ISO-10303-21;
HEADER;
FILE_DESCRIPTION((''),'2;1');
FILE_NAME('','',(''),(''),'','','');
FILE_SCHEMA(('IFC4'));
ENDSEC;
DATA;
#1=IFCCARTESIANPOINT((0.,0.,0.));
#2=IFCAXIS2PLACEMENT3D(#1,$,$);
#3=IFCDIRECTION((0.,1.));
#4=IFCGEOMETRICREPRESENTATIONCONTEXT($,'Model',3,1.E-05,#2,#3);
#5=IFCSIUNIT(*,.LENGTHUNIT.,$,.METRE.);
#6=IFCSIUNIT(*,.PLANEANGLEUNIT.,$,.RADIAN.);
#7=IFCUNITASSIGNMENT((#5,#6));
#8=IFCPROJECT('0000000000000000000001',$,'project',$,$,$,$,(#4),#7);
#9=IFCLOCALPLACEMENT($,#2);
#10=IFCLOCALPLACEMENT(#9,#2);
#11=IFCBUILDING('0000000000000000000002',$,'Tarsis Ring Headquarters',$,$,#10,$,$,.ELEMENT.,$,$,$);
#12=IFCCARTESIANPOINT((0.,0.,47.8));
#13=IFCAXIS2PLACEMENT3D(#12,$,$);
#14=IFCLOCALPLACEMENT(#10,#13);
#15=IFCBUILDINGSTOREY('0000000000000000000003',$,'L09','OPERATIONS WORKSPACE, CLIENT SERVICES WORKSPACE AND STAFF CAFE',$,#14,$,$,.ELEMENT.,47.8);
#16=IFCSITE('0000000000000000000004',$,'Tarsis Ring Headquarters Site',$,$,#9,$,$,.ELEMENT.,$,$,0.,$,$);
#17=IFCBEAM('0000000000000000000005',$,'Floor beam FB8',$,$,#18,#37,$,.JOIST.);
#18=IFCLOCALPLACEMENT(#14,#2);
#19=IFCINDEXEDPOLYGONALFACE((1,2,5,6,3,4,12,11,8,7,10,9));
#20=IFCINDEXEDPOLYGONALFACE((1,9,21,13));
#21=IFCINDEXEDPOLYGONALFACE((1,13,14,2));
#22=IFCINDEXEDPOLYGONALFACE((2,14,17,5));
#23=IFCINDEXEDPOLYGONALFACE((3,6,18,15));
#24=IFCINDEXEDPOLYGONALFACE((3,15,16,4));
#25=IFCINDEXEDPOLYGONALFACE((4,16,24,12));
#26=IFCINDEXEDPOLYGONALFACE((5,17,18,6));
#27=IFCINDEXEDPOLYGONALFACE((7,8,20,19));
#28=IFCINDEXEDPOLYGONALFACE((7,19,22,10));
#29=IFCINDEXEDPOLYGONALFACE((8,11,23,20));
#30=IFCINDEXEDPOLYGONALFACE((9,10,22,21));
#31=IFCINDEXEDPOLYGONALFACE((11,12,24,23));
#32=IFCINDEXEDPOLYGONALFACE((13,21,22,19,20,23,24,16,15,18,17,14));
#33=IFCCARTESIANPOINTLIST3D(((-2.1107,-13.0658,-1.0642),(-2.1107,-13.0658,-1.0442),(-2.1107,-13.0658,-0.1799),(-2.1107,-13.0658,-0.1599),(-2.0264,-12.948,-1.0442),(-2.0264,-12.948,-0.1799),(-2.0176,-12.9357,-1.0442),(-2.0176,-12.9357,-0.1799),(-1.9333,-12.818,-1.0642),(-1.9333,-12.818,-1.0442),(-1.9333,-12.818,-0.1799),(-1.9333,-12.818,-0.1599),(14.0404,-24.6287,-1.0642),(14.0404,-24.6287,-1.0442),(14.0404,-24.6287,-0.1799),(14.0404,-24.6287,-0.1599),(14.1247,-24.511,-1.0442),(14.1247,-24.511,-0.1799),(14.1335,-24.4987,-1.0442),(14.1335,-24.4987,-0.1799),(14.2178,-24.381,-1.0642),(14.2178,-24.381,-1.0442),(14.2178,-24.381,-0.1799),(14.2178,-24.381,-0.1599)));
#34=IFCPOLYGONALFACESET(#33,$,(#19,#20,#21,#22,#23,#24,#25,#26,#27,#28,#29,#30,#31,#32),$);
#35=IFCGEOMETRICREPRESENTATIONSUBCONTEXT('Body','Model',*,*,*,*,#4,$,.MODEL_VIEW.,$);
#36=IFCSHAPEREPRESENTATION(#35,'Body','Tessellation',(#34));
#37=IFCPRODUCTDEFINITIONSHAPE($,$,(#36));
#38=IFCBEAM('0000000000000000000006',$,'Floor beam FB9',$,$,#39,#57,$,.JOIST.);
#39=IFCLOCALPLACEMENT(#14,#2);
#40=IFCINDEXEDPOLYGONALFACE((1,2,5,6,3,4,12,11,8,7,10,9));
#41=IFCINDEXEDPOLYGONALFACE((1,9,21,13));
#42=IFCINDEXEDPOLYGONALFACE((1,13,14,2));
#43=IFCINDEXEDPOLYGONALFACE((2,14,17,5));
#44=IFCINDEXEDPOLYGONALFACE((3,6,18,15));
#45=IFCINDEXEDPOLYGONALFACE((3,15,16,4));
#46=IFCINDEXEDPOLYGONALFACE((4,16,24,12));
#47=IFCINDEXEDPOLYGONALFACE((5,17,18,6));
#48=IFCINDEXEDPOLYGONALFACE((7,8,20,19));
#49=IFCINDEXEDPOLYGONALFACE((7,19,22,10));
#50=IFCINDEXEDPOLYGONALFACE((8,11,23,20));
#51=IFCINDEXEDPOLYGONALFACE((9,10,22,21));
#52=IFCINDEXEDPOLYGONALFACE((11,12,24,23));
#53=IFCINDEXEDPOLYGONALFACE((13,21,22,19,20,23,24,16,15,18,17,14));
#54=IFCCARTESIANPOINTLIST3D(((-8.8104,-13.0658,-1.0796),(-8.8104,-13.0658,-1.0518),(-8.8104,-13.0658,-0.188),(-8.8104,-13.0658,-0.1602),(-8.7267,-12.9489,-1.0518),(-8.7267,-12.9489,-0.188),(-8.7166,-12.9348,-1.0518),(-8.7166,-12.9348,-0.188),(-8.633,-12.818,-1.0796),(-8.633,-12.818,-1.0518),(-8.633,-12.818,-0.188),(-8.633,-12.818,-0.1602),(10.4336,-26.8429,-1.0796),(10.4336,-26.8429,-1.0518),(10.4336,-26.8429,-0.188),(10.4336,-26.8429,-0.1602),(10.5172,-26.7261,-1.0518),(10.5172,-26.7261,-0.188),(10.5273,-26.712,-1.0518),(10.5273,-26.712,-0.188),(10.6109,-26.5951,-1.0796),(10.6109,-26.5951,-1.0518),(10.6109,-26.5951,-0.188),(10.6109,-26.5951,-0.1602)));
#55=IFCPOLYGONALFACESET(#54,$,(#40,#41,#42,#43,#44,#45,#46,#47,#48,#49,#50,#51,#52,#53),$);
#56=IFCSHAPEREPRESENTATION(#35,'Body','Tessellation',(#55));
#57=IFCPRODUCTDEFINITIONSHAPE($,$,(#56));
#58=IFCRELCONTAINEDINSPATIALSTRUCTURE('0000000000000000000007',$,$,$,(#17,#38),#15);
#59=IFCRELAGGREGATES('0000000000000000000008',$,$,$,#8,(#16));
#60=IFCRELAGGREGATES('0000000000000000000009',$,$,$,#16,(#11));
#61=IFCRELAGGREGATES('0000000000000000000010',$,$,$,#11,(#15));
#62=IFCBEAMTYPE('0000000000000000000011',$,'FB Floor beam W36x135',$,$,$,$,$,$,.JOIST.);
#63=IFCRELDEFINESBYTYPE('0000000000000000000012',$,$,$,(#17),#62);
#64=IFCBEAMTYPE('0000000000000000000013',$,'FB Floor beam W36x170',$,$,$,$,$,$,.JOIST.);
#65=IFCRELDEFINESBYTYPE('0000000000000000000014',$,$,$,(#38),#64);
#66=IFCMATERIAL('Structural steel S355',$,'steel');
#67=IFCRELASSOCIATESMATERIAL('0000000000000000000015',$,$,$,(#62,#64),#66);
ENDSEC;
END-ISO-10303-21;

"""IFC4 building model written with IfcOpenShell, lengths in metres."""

from ifc_helpers import new_model, si_unit, direction, frame, origin, origin_2d, place, context, subcontext, project, spatial, i_section, extrude, material, material_profile, profile_set, type_object, element, save


model = new_model("IFC4")

# Units and contexts
model_context = context("Model", 3, precision=1e-05, world=origin(), true_north=direction((0.0, 1.0)))
body_context = subcontext(model_context, "Body", "Model", "MODEL_VIEW")
ifc_project = project(units=[si_unit("LENGTHUNIT", "METRE"), si_unit("PLANEANGLEUNIT", "RADIAN")], contexts=[model_context])

# Site, building, storey
site_placement = place(None, origin())
site = spatial("IfcSite", under=ifc_project, at=site_placement, Name="Tarsis Ring Headquarters Site", CompositionType="ELEMENT", RefElevation=0.0)
building_placement = place(site_placement, origin())
building = spatial("IfcBuilding", under=site, at=building_placement, Name="Tarsis Ring Headquarters", CompositionType="ELEMENT")
storey_placement = place(building_placement, frame((0.0, 0.0, 47.8)))
storey = spatial("IfcBuildingStorey", under=building, at=storey_placement, Name="L09", Description="OPERATIONS WORKSPACE, CLIENT SERVICES WORKSPACE AND STAFF CAFE", CompositionType="ELEMENT", Elevation=47.8)

# Beams
ifc_material_1 = material(Name="Structural steel S355", Category="steel")
ifc_material_profile_1 = material_profile(ifc_material_1, i_section(OverallWidth=0.3047, OverallDepth=0.9043, WebThickness=0.0151, FlangeThickness=0.02, at=origin_2d()), Name="W36x135")
ifc_profile_set_1 = profile_set([ifc_material_profile_1], Name="Structural steel S355")
beam_type_1 = type_object("IfcBeamType", Name="FB Floor beam W36x135", PredefinedType="JOIST", material=ifc_profile_set_1)
beam_1_placement = place(storey_placement, frame((-2.022, -12.9419, -0.6121), z_axis=(0.813103, -0.58212, 0.0), x_axis=(0.58212, 0.813103, 0.0)))
element("IfcBeam", 1, at=beam_1_placement, inside=storey, type_object=beam_type_1, Name="Floor beam FB8", PredefinedType="JOIST", context=body_context, shape_type="SweptSolid", body=[
    extrude(i_section(OverallWidth=0.3047, OverallDepth=0.9043, WebThickness=0.0151, FlangeThickness=0.02, at=origin_2d()), origin(), (0.0, 0.0, 1.0), 19.8635),
])
ifc_material_profile_2 = material_profile(ifc_material_1, i_section(OverallWidth=0.3047, OverallDepth=0.9194, WebThickness=0.0173, FlangeThickness=0.0278, at=origin_2d()), Name="W36x170")
ifc_profile_set_2 = profile_set([ifc_material_profile_2], Name="Structural steel S355")
beam_type_2 = type_object("IfcBeamType", Name="FB Floor beam W36x170", PredefinedType="JOIST", material=ifc_profile_set_2)
beam_2_placement = place(storey_placement, frame((-8.7217, -12.9419, -0.6199), z_axis=(0.813104, -0.582118, 0.0), x_axis=(0.582118, 0.813104, 0.0)))
element("IfcBeam", 2, at=beam_2_placement, inside=storey, type_object=beam_type_2, Name="Floor beam FB9", PredefinedType="JOIST", context=body_context, shape_type="SweptSolid", body=[
    extrude(i_section(OverallWidth=0.3047, OverallDepth=0.9194, WebThickness=0.0173, FlangeThickness=0.0278, at=origin_2d()), origin(), (0.0, 0.0, 1.0), 23.6672),
])

save(model, "model.ifc")
